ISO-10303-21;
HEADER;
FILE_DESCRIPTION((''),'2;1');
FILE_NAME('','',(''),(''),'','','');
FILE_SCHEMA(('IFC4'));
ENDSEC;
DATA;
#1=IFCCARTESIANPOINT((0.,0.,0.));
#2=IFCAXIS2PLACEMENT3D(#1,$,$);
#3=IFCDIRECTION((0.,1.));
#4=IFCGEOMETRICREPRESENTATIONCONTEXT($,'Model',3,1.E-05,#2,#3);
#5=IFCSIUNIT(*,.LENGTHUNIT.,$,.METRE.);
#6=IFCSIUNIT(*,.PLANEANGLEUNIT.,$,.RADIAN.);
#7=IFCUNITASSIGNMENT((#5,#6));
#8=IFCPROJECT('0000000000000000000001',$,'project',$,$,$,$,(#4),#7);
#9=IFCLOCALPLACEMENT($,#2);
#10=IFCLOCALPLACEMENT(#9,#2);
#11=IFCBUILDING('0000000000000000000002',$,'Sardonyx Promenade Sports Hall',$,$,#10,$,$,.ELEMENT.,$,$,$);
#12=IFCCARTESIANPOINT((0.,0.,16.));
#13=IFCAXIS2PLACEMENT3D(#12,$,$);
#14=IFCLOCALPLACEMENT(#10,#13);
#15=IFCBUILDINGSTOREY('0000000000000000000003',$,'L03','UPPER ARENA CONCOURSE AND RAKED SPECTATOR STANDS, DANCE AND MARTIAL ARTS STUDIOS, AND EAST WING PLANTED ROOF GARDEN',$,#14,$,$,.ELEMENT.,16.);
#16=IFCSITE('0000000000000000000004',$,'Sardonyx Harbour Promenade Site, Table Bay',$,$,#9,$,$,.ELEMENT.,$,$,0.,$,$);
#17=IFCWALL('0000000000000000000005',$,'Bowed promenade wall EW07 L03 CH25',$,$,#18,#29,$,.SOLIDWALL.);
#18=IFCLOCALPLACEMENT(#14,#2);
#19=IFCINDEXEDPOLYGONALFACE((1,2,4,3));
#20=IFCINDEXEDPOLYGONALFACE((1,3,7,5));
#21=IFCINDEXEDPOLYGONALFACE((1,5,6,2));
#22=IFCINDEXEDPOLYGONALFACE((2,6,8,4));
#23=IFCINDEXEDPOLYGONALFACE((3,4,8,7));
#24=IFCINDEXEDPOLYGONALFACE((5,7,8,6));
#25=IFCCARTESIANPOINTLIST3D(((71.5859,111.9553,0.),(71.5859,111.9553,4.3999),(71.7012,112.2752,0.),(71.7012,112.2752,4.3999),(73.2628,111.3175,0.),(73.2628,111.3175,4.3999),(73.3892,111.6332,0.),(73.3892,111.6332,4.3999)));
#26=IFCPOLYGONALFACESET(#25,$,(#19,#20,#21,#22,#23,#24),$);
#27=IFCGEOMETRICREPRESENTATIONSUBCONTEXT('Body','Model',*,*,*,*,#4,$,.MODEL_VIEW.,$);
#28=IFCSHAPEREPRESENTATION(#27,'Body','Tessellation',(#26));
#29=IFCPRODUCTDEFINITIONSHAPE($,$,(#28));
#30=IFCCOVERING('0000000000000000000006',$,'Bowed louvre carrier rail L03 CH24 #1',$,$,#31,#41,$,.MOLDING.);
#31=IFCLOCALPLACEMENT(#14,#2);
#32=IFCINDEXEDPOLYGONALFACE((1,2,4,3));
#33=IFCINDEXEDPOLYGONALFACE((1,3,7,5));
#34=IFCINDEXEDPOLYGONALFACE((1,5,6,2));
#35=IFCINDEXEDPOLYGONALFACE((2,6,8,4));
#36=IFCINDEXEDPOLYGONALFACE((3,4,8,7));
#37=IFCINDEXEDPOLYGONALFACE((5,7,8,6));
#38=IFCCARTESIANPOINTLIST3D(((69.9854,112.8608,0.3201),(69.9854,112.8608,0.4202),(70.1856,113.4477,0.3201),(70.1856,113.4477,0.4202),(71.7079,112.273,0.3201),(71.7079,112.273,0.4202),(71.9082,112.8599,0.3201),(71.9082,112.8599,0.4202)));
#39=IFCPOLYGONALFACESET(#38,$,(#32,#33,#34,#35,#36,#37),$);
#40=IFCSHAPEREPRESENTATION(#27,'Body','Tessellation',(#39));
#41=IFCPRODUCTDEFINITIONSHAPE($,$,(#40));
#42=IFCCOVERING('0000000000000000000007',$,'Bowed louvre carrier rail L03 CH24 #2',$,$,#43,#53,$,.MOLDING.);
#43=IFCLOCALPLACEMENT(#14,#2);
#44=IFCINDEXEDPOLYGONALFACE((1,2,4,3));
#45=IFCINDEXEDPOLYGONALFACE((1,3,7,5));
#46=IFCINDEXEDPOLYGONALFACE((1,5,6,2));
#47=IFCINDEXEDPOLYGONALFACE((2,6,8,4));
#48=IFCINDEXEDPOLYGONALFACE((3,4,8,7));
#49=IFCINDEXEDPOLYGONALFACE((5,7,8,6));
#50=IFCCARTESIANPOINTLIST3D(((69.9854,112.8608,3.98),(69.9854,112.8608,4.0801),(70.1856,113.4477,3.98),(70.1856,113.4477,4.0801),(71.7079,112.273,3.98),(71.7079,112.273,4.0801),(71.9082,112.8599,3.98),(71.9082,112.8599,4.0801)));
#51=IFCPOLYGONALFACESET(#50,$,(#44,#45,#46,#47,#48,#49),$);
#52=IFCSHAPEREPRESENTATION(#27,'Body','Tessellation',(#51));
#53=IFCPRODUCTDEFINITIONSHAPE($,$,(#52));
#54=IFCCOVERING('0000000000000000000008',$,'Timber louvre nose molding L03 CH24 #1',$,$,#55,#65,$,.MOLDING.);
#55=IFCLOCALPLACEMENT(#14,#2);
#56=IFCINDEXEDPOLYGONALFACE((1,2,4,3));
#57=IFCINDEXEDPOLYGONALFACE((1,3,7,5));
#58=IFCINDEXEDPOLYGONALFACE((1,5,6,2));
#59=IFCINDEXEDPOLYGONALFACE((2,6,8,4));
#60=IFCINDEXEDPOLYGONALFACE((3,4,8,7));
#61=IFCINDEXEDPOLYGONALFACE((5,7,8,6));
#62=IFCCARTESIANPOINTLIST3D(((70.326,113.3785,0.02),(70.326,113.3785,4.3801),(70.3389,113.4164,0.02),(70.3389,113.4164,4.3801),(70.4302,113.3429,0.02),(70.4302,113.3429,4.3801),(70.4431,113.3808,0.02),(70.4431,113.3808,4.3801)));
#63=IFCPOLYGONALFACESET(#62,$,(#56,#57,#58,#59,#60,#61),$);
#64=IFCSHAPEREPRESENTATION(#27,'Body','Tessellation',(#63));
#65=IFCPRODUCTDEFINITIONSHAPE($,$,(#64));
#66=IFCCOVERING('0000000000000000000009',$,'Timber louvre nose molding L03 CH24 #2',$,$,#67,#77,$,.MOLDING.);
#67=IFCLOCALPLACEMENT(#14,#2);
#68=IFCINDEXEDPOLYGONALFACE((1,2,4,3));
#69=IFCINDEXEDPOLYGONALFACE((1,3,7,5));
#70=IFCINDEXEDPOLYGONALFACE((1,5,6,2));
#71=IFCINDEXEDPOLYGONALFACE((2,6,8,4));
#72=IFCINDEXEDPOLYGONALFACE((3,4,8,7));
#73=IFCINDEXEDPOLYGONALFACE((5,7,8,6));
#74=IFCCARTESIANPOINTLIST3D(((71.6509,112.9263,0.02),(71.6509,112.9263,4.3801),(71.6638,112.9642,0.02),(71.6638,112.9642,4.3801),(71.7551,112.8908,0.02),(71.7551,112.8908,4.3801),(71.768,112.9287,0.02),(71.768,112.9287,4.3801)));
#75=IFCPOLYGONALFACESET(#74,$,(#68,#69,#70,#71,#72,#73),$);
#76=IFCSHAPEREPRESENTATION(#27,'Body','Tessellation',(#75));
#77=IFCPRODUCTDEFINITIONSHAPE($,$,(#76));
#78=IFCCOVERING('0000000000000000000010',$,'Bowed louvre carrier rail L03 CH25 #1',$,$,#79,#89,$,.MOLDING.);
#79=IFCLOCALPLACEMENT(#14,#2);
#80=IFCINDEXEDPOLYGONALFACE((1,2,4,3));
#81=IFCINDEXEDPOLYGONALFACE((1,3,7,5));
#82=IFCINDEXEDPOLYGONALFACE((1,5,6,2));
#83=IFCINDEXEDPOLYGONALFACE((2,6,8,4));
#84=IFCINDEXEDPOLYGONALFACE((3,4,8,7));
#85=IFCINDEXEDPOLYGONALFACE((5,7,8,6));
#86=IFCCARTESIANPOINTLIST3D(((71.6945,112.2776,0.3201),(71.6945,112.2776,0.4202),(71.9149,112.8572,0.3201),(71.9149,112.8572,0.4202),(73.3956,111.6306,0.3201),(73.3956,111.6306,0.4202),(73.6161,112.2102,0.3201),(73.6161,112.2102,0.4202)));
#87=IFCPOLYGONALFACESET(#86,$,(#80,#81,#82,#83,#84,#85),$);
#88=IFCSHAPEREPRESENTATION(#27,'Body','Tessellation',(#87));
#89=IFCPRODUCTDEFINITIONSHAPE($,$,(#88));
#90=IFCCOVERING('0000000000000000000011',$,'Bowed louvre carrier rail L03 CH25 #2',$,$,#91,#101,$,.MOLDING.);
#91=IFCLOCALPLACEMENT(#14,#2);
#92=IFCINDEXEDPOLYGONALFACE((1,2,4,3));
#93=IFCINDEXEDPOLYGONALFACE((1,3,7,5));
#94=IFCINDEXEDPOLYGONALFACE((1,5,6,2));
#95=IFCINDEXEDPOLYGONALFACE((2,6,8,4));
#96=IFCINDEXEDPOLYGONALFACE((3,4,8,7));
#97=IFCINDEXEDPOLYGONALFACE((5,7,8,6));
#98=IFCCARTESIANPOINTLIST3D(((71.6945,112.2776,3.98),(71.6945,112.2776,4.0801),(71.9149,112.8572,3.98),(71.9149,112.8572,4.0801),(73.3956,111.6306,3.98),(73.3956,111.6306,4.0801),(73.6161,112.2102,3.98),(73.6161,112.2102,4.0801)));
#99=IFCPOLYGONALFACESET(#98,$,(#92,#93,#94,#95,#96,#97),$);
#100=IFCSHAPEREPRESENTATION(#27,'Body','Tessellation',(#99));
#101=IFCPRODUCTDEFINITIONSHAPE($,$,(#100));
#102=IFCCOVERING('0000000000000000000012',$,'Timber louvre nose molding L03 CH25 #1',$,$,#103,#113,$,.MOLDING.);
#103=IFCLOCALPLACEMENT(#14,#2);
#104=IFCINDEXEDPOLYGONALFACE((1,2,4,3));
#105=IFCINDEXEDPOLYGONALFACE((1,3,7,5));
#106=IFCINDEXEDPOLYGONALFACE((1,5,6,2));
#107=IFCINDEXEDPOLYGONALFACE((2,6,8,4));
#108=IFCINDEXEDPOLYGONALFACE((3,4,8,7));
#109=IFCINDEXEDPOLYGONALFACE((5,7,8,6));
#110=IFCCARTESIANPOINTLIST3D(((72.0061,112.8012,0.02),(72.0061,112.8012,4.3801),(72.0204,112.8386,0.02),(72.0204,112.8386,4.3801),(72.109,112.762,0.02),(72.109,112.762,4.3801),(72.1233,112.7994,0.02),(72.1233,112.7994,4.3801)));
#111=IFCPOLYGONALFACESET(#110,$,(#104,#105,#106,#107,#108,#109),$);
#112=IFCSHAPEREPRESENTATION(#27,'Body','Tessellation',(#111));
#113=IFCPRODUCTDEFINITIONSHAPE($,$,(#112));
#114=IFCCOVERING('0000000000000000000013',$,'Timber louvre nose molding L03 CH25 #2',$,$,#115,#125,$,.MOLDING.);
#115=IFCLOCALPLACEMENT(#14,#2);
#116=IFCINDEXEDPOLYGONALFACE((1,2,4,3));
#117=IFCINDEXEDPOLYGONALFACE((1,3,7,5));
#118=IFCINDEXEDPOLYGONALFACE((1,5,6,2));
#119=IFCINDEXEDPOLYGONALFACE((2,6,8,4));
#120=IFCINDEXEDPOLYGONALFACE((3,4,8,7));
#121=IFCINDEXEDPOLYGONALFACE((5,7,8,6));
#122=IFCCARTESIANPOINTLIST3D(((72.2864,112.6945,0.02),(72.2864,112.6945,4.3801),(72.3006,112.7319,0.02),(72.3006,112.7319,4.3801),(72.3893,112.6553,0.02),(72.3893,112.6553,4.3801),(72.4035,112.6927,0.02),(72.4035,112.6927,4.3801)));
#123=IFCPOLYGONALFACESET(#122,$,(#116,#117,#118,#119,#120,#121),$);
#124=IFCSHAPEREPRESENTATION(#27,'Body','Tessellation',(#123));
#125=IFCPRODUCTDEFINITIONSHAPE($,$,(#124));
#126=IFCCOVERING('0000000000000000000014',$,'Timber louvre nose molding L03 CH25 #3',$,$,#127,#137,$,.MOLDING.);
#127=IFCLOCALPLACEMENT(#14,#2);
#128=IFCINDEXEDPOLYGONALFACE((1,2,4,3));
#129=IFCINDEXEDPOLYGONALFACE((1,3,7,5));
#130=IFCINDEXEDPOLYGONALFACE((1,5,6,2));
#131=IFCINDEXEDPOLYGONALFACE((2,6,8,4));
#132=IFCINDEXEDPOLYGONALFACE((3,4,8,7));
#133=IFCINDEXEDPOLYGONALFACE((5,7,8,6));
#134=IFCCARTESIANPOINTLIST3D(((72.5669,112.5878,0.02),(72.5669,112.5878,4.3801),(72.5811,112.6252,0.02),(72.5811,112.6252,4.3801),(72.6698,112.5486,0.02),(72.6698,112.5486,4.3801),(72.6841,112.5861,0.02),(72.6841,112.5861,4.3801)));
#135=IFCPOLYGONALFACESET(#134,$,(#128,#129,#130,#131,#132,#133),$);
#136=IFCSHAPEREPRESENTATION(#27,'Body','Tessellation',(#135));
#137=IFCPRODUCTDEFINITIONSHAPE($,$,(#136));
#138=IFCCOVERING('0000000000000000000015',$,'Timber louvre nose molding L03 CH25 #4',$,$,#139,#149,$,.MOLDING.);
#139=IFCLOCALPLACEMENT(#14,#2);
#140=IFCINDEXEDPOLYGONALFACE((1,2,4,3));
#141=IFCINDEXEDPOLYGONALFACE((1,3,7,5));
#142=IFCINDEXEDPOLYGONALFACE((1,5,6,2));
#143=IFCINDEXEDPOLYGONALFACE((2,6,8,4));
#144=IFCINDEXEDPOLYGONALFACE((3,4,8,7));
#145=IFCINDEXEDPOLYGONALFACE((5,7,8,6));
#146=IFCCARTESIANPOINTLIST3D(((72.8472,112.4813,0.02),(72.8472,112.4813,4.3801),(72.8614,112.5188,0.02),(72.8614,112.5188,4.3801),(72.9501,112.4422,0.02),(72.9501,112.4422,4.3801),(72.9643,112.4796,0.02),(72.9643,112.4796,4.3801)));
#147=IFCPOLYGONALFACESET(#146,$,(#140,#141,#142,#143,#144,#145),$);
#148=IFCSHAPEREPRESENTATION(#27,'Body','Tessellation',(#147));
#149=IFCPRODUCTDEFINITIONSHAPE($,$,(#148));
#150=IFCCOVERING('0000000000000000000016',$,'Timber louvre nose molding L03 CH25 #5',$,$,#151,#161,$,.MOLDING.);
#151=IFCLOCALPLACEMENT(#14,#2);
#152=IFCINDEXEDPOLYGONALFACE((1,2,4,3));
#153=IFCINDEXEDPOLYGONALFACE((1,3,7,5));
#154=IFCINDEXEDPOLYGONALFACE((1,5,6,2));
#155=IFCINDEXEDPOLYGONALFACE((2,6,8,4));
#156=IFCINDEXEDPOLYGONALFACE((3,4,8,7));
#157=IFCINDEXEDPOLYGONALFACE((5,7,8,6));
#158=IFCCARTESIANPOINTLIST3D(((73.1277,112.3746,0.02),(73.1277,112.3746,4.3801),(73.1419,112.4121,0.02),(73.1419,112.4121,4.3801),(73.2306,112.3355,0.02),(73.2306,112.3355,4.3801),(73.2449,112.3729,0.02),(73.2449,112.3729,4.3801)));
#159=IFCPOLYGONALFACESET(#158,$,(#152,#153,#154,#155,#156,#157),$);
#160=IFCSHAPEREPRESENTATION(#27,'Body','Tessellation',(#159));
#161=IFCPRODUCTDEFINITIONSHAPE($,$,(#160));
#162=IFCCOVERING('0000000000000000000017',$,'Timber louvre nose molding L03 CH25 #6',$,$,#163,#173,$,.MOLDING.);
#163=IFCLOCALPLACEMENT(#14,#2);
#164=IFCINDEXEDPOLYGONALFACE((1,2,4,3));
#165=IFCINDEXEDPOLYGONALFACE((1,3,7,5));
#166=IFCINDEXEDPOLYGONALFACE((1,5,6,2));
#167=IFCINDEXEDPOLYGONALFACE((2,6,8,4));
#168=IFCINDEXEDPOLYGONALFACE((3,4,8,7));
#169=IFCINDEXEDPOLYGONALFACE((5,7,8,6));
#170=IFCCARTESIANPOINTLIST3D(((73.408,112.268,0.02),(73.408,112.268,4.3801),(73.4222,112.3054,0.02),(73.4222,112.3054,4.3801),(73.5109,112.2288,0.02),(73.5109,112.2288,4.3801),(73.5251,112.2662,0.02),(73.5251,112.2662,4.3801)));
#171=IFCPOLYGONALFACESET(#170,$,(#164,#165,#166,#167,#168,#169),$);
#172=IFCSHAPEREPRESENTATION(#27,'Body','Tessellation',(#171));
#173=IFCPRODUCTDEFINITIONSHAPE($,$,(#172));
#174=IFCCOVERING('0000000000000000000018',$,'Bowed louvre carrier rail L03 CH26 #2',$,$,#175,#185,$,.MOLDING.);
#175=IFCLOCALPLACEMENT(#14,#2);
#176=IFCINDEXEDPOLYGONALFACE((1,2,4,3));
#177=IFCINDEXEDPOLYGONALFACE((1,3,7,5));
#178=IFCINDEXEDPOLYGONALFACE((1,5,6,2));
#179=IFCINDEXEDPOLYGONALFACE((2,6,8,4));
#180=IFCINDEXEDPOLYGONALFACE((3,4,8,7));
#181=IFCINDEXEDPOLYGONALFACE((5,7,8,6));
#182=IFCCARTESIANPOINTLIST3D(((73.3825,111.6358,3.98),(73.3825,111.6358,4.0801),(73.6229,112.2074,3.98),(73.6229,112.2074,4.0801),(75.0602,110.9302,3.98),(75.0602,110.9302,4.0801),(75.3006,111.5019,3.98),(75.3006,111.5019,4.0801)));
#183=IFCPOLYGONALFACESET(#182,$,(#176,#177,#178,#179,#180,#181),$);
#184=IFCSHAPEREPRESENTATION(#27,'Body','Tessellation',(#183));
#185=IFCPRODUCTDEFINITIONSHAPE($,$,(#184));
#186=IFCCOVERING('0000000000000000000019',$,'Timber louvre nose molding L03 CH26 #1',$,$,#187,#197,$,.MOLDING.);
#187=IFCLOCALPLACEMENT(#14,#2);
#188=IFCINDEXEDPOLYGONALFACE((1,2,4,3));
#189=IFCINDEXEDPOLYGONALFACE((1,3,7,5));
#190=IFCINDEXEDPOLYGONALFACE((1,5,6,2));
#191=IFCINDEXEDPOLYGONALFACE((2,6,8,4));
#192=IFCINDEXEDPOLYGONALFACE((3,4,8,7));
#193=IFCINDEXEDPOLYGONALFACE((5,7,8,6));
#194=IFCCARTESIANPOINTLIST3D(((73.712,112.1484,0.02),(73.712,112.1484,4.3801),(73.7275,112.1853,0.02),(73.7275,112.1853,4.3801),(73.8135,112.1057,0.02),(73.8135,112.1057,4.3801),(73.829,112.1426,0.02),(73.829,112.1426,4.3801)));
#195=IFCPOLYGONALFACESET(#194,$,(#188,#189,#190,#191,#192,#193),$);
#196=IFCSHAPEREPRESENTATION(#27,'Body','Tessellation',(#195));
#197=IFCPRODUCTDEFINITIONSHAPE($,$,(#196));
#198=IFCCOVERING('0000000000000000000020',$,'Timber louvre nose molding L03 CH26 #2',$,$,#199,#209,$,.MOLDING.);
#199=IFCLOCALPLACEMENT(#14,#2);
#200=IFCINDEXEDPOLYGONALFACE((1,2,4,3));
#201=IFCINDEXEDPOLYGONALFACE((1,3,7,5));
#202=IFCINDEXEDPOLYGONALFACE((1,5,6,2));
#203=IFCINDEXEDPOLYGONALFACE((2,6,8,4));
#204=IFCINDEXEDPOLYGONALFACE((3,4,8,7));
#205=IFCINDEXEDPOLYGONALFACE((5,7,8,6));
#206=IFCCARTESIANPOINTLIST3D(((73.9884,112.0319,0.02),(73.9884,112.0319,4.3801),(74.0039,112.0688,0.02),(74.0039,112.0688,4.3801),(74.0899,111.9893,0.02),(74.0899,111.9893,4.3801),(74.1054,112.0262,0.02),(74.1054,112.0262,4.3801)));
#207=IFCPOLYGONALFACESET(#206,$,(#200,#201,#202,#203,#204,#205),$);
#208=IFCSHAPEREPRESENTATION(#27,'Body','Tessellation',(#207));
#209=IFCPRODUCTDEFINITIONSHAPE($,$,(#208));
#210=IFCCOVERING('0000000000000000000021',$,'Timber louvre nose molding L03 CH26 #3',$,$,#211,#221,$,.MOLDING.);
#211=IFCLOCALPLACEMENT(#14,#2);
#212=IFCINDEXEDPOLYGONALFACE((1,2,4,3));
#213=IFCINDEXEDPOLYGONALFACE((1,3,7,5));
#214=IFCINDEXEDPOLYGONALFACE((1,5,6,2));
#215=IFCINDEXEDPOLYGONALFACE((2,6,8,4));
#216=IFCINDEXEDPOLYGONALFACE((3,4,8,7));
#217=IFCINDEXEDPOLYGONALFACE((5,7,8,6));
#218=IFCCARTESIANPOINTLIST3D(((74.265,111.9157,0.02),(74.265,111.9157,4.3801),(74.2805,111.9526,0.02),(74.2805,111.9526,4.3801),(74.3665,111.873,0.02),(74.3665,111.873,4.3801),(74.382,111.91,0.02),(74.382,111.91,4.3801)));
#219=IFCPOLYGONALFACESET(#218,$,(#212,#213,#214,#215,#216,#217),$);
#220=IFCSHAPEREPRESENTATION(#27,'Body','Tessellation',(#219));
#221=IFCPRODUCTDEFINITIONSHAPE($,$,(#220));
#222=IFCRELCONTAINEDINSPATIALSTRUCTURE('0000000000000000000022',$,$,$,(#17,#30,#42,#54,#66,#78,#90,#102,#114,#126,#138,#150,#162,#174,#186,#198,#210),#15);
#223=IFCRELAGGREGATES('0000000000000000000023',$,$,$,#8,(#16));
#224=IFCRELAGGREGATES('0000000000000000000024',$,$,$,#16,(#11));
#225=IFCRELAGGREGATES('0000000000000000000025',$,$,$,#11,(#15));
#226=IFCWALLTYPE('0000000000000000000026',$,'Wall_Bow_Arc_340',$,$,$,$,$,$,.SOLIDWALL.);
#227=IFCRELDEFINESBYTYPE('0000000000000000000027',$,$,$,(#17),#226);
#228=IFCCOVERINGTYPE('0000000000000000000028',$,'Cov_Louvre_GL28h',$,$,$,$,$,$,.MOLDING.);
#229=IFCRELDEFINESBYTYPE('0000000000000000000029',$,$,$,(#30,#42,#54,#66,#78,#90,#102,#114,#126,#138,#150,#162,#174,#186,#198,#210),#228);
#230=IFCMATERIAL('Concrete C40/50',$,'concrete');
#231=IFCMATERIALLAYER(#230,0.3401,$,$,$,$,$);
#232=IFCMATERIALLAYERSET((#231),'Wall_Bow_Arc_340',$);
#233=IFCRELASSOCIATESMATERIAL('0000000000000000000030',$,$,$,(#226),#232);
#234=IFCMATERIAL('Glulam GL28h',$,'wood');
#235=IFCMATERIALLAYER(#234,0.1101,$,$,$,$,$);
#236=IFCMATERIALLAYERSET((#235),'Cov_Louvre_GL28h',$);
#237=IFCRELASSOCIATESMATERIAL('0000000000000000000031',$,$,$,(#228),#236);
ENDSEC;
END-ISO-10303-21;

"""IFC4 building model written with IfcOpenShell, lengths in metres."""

from ifc_helpers import new_model, si_unit, direction, frame, origin, origin_2d, place, context, subcontext, project, spatial, polyline, rectangle, outline, extrude, material, layer, layer_set, type_object, element, save


model = new_model("IFC4")

# Units and contexts
model_context = context("Model", 3, precision=1e-05, world=origin(), true_north=direction((0.0, 1.0)))
body_context = subcontext(model_context, "Body", "Model", "MODEL_VIEW")
ifc_project = project(units=[si_unit("LENGTHUNIT", "METRE"), si_unit("PLANEANGLEUNIT", "RADIAN")], contexts=[model_context])

# Site, building, storey
site_placement = place(None, origin())
site = spatial("IfcSite", under=ifc_project, at=site_placement, Name="Sardonyx Harbour Promenade Site, Table Bay", CompositionType="ELEMENT", RefElevation=0.0)
building_placement = place(site_placement, origin())
building = spatial("IfcBuilding", under=site, at=building_placement, Name="Sardonyx Promenade Sports Hall", CompositionType="ELEMENT")
storey_placement = place(building_placement, frame((0.0, 0.0, 16.0)))
storey = spatial("IfcBuildingStorey", under=building, at=storey_placement, Name="L03", Description="UPPER ARENA CONCOURSE AND RAKED SPECTATOR STANDS, DANCE AND MARTIAL ARTS STUDIOS, AND EAST WING PLANTED ROOF GARDEN", CompositionType="ELEMENT", Elevation=16.0)

# Wall
ifc_material_1 = material(Name="Concrete C40/50", Category="concrete")
ifc_layer_1 = layer(ifc_material_1, 0.3401)
ifc_layer_set_1 = layer_set([ifc_layer_1], Name="Wall_Bow_Arc_340")
wall_type = type_object("IfcWallType", Name="Wall_Bow_Arc_340", PredefinedType="SOLIDWALL", material=ifc_layer_set_1)
wall_placement = place(storey_placement, frame((71.6436, 112.1152, 0.0), z_axis=(0.0, 0.0, 1.0), x_axis=(0.934675, -0.355505, 0.0)))
element("IfcWall", 1, at=wall_placement, inside=storey, type_object=wall_type, Name="Bowed promenade wall EW07 L03 CH25", PredefinedType="SOLIDWALL", context=body_context, shape_type="SweptSolid", body=[
    extrude(outline(polyline([(0.0029, -0.17), (1.7971, -0.17), (1.8029, 0.17), (-0.0029, 0.17), (0.0029, -0.17)])), origin(), (0.0, 0.0, 1.0), 4.3999),
])

# Coverings
ifc_material_2 = material(Name="Glulam GL28h", Category="wood")
ifc_layer_2 = layer(ifc_material_2, 0.1101)
ifc_layer_set_2 = layer_set([ifc_layer_2], Name="Cov_Louvre_GL28h")
covering_type = type_object("IfcCoveringType", Name="Cov_Louvre_GL28h", PredefinedType="MOLDING", material=ifc_layer_set_2)
for number, where, z_axis, x_axis, name in (
    (2, (70.9468, 112.8604, 0.3201), (0.0, 0.0, 1.0), (0.946411, -0.322966, 0.0), "Bowed louvre carrier rail L03 CH24 #1"),
    (3, (70.9468, 112.8604, 3.98), (0.0, 0.0, 1.0), (0.946411, -0.322966, 0.0), "Bowed louvre carrier rail L03 CH24 #2"),
):
    element("IfcCovering", number, at=place(storey_placement, frame(where, z_axis=z_axis, x_axis=x_axis)), inside=storey, type_object=covering_type, Name=name, PredefinedType="MOLDING", context=body_context, shape_type="SweptSolid", body=[
        extrude(rectangle(XDim=1.8201, YDim=0.6201, at=origin_2d()), origin(), (0.0, 0.0, 1.0), 0.1001),
    ])
for number, where, z_axis, x_axis, name in (
    (4, (70.3845, 113.3796, 0.02), (0.0, 0.0, 1.0), (0.946411, -0.322966, 0.0), "Timber louvre nose molding L03 CH24 #1"),
    (5, (71.7095, 112.9275, 0.02), (0.0, 0.0, 1.0), (0.946411, -0.322966, 0.0), "Timber louvre nose molding L03 CH24 #2"),
):
    element("IfcCovering", number, at=place(storey_placement, frame(where, z_axis=z_axis, x_axis=x_axis)), inside=storey, type_object=covering_type, Name=name, PredefinedType="MOLDING", context=body_context, shape_type="SweptSolid", body=[
        extrude(rectangle(XDim=0.1101, YDim=0.04, at=origin_2d()), origin(), (0.0, 0.0, 1.0), 4.3601),
    ])
for number, where, z_axis, x_axis, name in (
    (6, (72.6553, 112.2439, 0.3201), (0.0, 0.0, 1.0), (0.934666, -0.355528, 0.0), "Bowed louvre carrier rail L03 CH25 #1"),
    (7, (72.6553, 112.2439, 3.98), (0.0, 0.0, 1.0), (0.934666, -0.355528, 0.0), "Bowed louvre carrier rail L03 CH25 #2"),
):
    element("IfcCovering", number, at=place(storey_placement, frame(where, z_axis=z_axis, x_axis=x_axis)), inside=storey, type_object=covering_type, Name=name, PredefinedType="MOLDING", context=body_context, shape_type="SweptSolid", body=[
        extrude(rectangle(XDim=1.8201, YDim=0.6201, at=origin_2d()), origin(), (0.0, 0.0, 1.0), 0.1001),
    ])
for number, where, z_axis, x_axis, name in (
    (8, (72.0647, 112.8003, 0.02), (0.0, 0.0, 1.0), (0.934666, -0.355528, 0.0), "Timber louvre nose molding L03 CH25 #1"),
    (9, (72.345, 112.6936, 0.02), (0.0, 0.0, 1.0), (0.934666, -0.355528, 0.0), "Timber louvre nose molding L03 CH25 #2"),
    (10, (72.6255, 112.5869, 0.02), (0.0, 0.0, 1.0), (0.934666, -0.355528, 0.0), "Timber louvre nose molding L03 CH25 #3"),
    (11, (72.9058, 112.4805, 0.02), (0.0, 0.0, 1.0), (0.934666, -0.355528, 0.0), "Timber louvre nose molding L03 CH25 #4"),
    (12, (73.1863, 112.3738, 0.02), (0.0, 0.0, 1.0), (0.934666, -0.355528, 0.0), "Timber louvre nose molding L03 CH25 #5"),
    (13, (73.4666, 112.2671, 0.02), (0.0, 0.0, 1.0), (0.934666, -0.355528, 0.0), "Timber louvre nose molding L03 CH25 #6"),
):
    element("IfcCovering", number, at=place(storey_placement, frame(where, z_axis=z_axis, x_axis=x_axis)), inside=storey, type_object=covering_type, Name=name, PredefinedType="MOLDING", context=body_context, shape_type="SweptSolid", body=[
        extrude(rectangle(XDim=0.1101, YDim=0.04, at=origin_2d()), origin(), (0.0, 0.0, 1.0), 4.3601),
    ])
covering_placement = place(storey_placement, frame((74.3416, 111.5688, 3.98), z_axis=(0.0, 0.0, 1.0), x_axis=(0.9218, -0.387665, 0.0)))
element("IfcCovering", 14, at=covering_placement, inside=storey, type_object=covering_type, Name="Bowed louvre carrier rail L03 CH26 #2", PredefinedType="MOLDING", context=body_context, shape_type="SweptSolid", body=[
    extrude(rectangle(XDim=1.8201, YDim=0.6201, at=origin_2d()), origin(), (0.0, 0.0, 1.0), 0.1001),
])
for number, where, z_axis, x_axis, name in (
    (15, (73.7705, 112.1455, 0.02), (0.0, 0.0, 1.0), (0.9218, -0.387665, 0.0), "Timber louvre nose molding L03 CH26 #1"),
    (16, (74.0469, 112.0291, 0.02), (0.0, 0.0, 1.0), (0.9218, -0.387665, 0.0), "Timber louvre nose molding L03 CH26 #2"),
    (17, (74.3235, 111.9128, 0.02), (0.0, 0.0, 1.0), (0.9218, -0.387665, 0.0), "Timber louvre nose molding L03 CH26 #3"),
):
    element("IfcCovering", number, at=place(storey_placement, frame(where, z_axis=z_axis, x_axis=x_axis)), inside=storey, type_object=covering_type, Name=name, PredefinedType="MOLDING", context=body_context, shape_type="SweptSolid", body=[
        extrude(rectangle(XDim=0.1101, YDim=0.04, at=origin_2d()), origin(), (0.0, 0.0, 1.0), 4.3601),
    ])

save(model, "model.ifc")
